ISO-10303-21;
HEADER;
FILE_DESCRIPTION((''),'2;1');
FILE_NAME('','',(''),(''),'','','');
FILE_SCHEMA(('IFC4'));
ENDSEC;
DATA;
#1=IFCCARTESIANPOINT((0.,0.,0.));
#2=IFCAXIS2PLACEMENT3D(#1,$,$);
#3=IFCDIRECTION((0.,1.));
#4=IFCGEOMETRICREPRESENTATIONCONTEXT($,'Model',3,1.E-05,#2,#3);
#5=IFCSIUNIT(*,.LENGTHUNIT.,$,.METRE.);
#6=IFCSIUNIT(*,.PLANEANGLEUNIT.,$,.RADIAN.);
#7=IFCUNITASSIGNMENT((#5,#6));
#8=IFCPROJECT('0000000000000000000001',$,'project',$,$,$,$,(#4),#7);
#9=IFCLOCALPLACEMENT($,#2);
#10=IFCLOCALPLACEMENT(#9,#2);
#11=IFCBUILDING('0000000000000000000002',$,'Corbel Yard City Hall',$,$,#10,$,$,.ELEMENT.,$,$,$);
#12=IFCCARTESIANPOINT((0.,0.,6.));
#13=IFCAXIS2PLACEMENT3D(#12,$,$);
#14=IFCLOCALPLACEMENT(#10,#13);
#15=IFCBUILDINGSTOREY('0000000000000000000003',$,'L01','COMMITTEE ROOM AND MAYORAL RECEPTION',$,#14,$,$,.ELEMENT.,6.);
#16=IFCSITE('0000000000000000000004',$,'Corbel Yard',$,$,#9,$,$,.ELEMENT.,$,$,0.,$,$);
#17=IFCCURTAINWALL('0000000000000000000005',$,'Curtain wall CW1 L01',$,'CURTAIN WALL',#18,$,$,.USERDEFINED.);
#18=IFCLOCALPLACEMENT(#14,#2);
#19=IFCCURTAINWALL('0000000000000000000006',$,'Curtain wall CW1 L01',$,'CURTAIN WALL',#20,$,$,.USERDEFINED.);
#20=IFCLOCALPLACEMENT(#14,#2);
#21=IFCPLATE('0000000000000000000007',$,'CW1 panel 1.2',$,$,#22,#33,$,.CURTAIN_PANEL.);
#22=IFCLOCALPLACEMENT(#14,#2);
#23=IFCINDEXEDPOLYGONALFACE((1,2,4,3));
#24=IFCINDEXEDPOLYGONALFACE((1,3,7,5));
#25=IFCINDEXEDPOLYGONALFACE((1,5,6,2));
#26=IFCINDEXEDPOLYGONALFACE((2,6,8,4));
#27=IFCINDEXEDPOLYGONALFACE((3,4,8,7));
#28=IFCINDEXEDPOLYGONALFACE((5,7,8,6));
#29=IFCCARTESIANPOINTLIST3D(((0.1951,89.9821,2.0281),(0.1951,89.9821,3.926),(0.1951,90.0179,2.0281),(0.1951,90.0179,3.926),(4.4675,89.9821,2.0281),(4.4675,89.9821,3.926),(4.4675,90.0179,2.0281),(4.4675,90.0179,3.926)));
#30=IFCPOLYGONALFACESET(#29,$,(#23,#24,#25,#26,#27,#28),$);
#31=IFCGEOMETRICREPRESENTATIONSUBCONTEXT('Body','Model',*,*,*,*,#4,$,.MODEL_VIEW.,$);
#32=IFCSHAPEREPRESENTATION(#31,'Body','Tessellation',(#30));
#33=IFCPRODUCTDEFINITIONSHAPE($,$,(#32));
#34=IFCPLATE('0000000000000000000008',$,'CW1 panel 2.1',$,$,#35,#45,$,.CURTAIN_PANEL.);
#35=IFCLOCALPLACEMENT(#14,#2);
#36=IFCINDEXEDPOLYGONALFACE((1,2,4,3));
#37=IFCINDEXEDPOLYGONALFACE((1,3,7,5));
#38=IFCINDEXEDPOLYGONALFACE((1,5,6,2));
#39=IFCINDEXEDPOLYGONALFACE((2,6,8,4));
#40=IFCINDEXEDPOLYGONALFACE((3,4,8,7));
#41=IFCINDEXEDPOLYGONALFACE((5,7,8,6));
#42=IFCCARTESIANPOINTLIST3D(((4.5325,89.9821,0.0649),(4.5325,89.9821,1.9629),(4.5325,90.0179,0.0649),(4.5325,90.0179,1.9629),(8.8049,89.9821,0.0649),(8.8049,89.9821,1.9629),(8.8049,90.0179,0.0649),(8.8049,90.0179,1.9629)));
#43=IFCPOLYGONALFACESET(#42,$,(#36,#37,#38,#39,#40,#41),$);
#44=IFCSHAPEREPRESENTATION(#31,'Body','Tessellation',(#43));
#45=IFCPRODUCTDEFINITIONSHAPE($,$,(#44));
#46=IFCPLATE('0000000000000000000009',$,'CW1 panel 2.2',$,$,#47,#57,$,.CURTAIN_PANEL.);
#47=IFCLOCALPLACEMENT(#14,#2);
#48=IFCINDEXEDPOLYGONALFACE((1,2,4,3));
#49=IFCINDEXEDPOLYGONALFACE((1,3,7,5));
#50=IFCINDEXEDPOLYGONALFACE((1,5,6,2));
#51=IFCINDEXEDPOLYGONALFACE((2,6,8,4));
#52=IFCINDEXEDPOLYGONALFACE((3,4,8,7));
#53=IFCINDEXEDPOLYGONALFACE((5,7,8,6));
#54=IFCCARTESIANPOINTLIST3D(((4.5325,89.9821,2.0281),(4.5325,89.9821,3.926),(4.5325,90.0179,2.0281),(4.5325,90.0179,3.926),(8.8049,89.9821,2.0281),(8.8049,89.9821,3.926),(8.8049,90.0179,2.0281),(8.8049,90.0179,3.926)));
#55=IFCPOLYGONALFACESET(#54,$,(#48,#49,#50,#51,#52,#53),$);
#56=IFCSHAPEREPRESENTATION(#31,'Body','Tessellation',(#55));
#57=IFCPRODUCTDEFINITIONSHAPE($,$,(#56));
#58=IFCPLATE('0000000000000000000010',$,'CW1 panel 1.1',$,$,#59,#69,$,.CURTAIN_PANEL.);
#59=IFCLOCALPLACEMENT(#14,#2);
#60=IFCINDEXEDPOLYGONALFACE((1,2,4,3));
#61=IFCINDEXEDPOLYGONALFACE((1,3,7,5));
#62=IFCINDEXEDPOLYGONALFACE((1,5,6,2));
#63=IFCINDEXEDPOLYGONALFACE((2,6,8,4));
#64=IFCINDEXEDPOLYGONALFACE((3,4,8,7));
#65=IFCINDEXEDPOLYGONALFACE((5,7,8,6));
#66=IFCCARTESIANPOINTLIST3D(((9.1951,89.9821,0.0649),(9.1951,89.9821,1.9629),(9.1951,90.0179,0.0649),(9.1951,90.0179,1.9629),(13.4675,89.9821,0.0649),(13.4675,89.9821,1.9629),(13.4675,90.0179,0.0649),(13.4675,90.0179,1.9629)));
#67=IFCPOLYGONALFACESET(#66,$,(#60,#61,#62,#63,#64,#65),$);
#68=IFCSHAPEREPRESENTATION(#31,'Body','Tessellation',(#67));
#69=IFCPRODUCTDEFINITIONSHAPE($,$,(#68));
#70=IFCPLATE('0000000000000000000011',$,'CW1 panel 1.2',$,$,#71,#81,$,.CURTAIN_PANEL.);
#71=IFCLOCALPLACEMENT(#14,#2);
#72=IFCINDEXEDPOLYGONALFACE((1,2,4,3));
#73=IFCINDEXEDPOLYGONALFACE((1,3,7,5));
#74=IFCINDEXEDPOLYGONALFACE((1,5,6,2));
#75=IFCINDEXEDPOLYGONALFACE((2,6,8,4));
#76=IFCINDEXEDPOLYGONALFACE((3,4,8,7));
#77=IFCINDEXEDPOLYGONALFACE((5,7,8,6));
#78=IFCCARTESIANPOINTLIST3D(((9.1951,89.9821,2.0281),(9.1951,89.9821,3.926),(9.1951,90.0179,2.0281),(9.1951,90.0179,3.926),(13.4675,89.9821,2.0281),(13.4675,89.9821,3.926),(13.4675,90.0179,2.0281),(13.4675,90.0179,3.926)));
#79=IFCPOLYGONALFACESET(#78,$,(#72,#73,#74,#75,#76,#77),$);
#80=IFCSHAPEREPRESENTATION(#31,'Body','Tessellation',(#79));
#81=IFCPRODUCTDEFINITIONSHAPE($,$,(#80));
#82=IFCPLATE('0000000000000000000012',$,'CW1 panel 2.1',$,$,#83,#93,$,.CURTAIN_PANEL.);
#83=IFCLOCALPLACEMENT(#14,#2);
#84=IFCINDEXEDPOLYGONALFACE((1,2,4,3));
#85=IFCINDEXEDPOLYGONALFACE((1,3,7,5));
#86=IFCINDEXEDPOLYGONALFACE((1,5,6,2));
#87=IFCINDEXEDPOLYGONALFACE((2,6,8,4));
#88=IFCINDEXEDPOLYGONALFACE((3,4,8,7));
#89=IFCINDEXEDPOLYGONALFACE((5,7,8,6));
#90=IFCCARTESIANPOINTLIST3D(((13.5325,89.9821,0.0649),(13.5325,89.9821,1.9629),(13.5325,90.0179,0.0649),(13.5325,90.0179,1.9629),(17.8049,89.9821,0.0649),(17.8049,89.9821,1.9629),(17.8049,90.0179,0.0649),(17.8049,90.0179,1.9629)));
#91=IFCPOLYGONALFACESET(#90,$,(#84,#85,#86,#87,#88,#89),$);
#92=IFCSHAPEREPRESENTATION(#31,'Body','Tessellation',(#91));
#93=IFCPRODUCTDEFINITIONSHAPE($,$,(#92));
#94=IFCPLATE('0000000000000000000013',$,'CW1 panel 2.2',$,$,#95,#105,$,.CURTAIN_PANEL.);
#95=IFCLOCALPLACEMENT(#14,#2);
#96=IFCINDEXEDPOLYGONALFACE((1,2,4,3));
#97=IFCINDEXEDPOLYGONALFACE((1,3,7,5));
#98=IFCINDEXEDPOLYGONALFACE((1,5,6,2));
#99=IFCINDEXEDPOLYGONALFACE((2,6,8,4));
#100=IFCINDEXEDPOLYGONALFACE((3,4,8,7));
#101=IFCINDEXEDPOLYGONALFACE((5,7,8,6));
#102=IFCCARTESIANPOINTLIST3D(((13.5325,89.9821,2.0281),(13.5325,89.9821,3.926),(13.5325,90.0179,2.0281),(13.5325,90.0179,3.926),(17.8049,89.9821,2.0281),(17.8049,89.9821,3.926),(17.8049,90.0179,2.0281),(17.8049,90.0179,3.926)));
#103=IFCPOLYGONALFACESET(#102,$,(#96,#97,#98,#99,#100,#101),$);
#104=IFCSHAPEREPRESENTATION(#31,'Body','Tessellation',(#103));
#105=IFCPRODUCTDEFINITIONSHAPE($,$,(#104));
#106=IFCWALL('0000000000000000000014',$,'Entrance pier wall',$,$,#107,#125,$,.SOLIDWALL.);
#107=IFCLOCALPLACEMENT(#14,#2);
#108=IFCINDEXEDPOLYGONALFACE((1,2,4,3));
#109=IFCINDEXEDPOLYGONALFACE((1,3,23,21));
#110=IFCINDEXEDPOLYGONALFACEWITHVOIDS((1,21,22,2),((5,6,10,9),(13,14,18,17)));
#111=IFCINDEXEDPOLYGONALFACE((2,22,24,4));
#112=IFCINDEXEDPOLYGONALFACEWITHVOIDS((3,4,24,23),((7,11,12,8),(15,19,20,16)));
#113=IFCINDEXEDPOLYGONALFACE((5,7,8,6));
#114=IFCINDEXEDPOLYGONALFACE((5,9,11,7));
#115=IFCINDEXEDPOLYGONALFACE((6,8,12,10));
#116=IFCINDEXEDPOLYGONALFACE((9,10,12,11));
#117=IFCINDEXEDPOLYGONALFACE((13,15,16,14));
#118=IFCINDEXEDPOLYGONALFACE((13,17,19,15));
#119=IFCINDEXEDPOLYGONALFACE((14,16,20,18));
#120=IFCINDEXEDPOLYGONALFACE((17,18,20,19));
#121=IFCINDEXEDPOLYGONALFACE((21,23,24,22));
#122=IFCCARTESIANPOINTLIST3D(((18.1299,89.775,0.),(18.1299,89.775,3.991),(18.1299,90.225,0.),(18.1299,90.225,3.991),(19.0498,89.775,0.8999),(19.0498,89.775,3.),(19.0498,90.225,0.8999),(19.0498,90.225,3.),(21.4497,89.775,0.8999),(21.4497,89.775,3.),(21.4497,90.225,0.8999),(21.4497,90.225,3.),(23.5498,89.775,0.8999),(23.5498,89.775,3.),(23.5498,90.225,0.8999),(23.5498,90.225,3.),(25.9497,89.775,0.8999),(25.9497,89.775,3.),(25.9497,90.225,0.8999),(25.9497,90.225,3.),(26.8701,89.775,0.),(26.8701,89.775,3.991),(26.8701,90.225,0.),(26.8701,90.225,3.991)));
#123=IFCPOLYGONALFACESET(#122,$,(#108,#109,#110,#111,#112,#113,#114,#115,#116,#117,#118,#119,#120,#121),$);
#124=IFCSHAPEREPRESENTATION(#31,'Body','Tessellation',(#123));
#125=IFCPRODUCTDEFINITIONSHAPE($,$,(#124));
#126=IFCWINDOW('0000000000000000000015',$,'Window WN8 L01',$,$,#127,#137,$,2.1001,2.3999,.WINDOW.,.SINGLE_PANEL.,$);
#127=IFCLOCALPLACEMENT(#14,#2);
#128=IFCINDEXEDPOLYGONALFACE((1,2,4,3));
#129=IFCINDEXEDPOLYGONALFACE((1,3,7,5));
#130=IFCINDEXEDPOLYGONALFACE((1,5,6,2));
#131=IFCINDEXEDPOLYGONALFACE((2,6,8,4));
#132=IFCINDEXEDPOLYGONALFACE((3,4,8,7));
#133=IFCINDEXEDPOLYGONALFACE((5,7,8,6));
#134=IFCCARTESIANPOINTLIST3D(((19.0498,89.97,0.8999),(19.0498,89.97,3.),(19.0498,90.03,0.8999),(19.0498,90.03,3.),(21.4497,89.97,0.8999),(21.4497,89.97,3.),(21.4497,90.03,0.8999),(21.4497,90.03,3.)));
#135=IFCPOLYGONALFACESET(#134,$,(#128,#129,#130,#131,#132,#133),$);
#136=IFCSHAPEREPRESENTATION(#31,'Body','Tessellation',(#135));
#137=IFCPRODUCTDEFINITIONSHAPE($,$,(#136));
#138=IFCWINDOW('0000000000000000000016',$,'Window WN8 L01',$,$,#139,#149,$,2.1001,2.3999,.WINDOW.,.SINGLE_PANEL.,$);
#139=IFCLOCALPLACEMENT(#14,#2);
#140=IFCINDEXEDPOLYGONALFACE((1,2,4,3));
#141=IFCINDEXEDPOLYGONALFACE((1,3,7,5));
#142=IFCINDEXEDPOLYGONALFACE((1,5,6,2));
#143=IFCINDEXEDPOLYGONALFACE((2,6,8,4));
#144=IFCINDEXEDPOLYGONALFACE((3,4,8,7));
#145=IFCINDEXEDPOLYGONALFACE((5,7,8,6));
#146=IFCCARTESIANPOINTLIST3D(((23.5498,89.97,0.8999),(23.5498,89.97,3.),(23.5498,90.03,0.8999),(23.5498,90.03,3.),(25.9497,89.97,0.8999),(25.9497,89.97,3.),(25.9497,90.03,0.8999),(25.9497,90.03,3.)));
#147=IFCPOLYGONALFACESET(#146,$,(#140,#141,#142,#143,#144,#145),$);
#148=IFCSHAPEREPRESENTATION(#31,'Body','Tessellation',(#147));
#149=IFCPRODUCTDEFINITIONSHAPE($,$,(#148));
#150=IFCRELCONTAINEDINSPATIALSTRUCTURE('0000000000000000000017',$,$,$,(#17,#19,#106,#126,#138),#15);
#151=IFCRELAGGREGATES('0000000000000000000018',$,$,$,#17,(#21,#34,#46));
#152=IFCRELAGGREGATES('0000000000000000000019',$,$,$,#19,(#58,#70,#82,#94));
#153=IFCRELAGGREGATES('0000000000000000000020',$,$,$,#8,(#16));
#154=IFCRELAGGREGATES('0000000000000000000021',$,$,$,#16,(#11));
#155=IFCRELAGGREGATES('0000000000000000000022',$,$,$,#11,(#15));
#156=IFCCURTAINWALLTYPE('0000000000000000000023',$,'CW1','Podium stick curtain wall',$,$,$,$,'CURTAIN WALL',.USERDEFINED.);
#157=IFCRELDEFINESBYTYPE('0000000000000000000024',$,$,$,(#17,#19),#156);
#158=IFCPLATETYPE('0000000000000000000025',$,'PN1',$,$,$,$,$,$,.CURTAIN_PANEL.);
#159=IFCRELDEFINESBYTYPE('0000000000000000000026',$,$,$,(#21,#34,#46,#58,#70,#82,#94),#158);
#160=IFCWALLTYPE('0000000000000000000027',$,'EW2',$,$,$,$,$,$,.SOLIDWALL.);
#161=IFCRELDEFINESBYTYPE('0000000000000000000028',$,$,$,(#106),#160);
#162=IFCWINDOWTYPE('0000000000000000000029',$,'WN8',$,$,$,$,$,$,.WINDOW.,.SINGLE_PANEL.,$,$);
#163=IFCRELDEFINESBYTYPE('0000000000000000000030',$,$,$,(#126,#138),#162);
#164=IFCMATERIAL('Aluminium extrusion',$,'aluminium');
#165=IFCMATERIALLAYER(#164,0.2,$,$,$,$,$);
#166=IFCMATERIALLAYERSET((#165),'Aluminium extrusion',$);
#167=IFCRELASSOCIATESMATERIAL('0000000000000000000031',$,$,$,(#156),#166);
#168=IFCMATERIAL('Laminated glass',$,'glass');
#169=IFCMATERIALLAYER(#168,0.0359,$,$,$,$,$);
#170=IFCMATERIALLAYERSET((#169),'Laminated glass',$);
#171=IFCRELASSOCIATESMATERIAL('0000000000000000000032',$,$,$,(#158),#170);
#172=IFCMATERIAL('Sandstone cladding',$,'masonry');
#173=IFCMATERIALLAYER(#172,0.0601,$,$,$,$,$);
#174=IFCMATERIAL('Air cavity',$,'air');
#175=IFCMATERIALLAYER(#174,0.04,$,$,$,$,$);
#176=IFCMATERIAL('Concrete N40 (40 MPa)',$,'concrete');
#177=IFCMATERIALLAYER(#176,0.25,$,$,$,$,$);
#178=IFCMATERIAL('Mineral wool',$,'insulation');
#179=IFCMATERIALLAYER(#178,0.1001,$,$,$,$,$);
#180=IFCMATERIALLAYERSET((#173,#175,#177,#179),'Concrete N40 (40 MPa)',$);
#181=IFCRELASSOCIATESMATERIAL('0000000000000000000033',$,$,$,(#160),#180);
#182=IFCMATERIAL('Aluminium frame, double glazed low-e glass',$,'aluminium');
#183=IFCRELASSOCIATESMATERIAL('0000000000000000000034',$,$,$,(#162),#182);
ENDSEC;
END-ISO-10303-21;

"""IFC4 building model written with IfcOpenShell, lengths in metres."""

from ifc_helpers import new_model, si_unit, direction, frame, frame_2d, origin, origin_2d, place, context, subcontext, project, spatial, rectangle, extrude, material, layer, layer_set, type_object, element, fill, aggregate, save


model = new_model("IFC4")

# Units and contexts
model_context = context("Model", 3, precision=1e-05, world=origin(), true_north=direction((0.0, 1.0)))
body_context = subcontext(model_context, "Body", "Model", "MODEL_VIEW")
ifc_project = project(units=[si_unit("LENGTHUNIT", "METRE"), si_unit("PLANEANGLEUNIT", "RADIAN")], contexts=[model_context])

# Site, building, storey
site_placement = place(None, origin())
site = spatial("IfcSite", under=ifc_project, at=site_placement, Name="Corbel Yard", CompositionType="ELEMENT", RefElevation=0.0)
building_placement = place(site_placement, origin())
building = spatial("IfcBuilding", under=site, at=building_placement, Name="Corbel Yard City Hall", CompositionType="ELEMENT")
storey_placement = place(building_placement, frame((0.0, 0.0, 6.0)))
storey = spatial("IfcBuildingStorey", under=building, at=storey_placement, Name="L01", Description="COMMITTEE ROOM AND MAYORAL RECEPTION", CompositionType="ELEMENT", Elevation=6.0)

# Curtain walls
ifc_material_1 = material(Name="Aluminium extrusion", Category="aluminium")
ifc_layer_1 = layer(ifc_material_1, 0.2)
ifc_layer_set_1 = layer_set([ifc_layer_1], Name="Aluminium extrusion")
curtain_wall_type = type_object("IfcCurtainWallType", Name="CW1", Description="Podium stick curtain wall", ElementType="CURTAIN WALL", PredefinedType="USERDEFINED", material=ifc_layer_set_1)
curtain_wall_1_placement = place(storey_placement, origin())
curtain_wall_1 = element("IfcCurtainWall", 1, at=curtain_wall_1_placement, inside=storey, type_object=curtain_wall_type, Name="Curtain wall CW1 L01", ObjectType="CURTAIN WALL", PredefinedType="USERDEFINED")
curtain_wall_2_placement = place(storey_placement, origin())
curtain_wall_2 = element("IfcCurtainWall", 2, at=curtain_wall_2_placement, inside=storey, type_object=curtain_wall_type, Name="Curtain wall CW1 L01", ObjectType="CURTAIN WALL", PredefinedType="USERDEFINED")

# Plates
ifc_material_2 = material(Name="Laminated glass", Category="glass")
ifc_layer_2 = layer(ifc_material_2, 0.0359)
ifc_layer_set_2 = layer_set([ifc_layer_2], Name="Laminated glass")
plate_type = type_object("IfcPlateType", Name="PN1", PredefinedType="CURTAIN_PANEL", material=ifc_layer_set_2)
plate_1_placement = place(storey_placement, frame((2.3313, 90.0, 2.0281), z_axis=(0.0, 0.0, 1.0), x_axis=(1.0, 0.0, 0.0)))
plate_1 = element("IfcPlate", 3, at=plate_1_placement, type_object=plate_type, Name="CW1 panel 1.2", PredefinedType="CURTAIN_PANEL", context=body_context, shape_type="SweptSolid", body=[
    extrude(rectangle(XDim=4.2725, YDim=0.0359, at=origin_2d()), origin(), (0.0, 0.0, 1.0), 1.8979),
])
plate_2_placement = place(storey_placement, frame((6.6687, 90.0, 0.0649), z_axis=(0.0, 0.0, 1.0), x_axis=(1.0, 0.0, 0.0)))
plate_2 = element("IfcPlate", 4, at=plate_2_placement, type_object=plate_type, Name="CW1 panel 2.1", PredefinedType="CURTAIN_PANEL", context=body_context, shape_type="SweptSolid", body=[
    extrude(rectangle(XDim=4.2725, YDim=0.0359, at=origin_2d()), origin(), (0.0, 0.0, 1.0), 1.8979),
])
plate_3_placement = place(storey_placement, frame((6.6687, 90.0, 2.0281), z_axis=(0.0, 0.0, 1.0), x_axis=(1.0, 0.0, 0.0)))
plate_3 = element("IfcPlate", 5, at=plate_3_placement, type_object=plate_type, Name="CW1 panel 2.2", PredefinedType="CURTAIN_PANEL", context=body_context, shape_type="SweptSolid", body=[
    extrude(rectangle(XDim=4.2725, YDim=0.0359, at=origin_2d()), origin(), (0.0, 0.0, 1.0), 1.8979),
])
aggregate(curtain_wall_1, [plate_1, plate_2, plate_3])
plate_4_placement = place(storey_placement, frame((11.3313, 90.0, 0.0649), z_axis=(0.0, 0.0, 1.0), x_axis=(1.0, 0.0, 0.0)))
plate_4 = element("IfcPlate", 6, at=plate_4_placement, type_object=plate_type, Name="CW1 panel 1.1", PredefinedType="CURTAIN_PANEL", context=body_context, shape_type="SweptSolid", body=[
    extrude(rectangle(XDim=4.2725, YDim=0.0359, at=origin_2d()), origin(), (0.0, 0.0, 1.0), 1.8979),
])
plate_5_placement = place(storey_placement, frame((11.3313, 90.0, 2.0281), z_axis=(0.0, 0.0, 1.0), x_axis=(1.0, 0.0, 0.0)))
plate_5 = element("IfcPlate", 7, at=plate_5_placement, type_object=plate_type, Name="CW1 panel 1.2", PredefinedType="CURTAIN_PANEL", context=body_context, shape_type="SweptSolid", body=[
    extrude(rectangle(XDim=4.2725, YDim=0.0359, at=origin_2d()), origin(), (0.0, 0.0, 1.0), 1.8979),
])
plate_6_placement = place(storey_placement, frame((15.6687, 90.0, 0.0649), z_axis=(0.0, 0.0, 1.0), x_axis=(1.0, 0.0, 0.0)))
plate_6 = element("IfcPlate", 8, at=plate_6_placement, type_object=plate_type, Name="CW1 panel 2.1", PredefinedType="CURTAIN_PANEL", context=body_context, shape_type="SweptSolid", body=[
    extrude(rectangle(XDim=4.2725, YDim=0.0359, at=origin_2d()), origin(), (0.0, 0.0, 1.0), 1.8979),
])
plate_7_placement = place(storey_placement, frame((15.6687, 90.0, 2.0281), z_axis=(0.0, 0.0, 1.0), x_axis=(1.0, 0.0, 0.0)))
plate_7 = element("IfcPlate", 9, at=plate_7_placement, type_object=plate_type, Name="CW1 panel 2.2", PredefinedType="CURTAIN_PANEL", context=body_context, shape_type="SweptSolid", body=[
    extrude(rectangle(XDim=4.2725, YDim=0.0359, at=origin_2d()), origin(), (0.0, 0.0, 1.0), 1.8979),
])
aggregate(curtain_wall_2, [plate_4, plate_5, plate_6, plate_7])

# Wall, openings, windows
ifc_material_3 = material(Name="Sandstone cladding", Category="masonry")
ifc_layer_3 = layer(ifc_material_3, 0.0601)
ifc_material_4 = material(Name="Air cavity", Category="air")
ifc_layer_4 = layer(ifc_material_4, 0.04)
ifc_material_5 = material(Name="Concrete N40 (40 MPa)", Category="concrete")
ifc_layer_5 = layer(ifc_material_5, 0.25)
ifc_material_6 = material(Name="Mineral wool", Category="insulation")
ifc_layer_6 = layer(ifc_material_6, 0.1001)
ifc_layer_set_3 = layer_set([ifc_layer_3, ifc_layer_4, ifc_layer_5, ifc_layer_6], Name="Concrete N40 (40 MPa)")
wall_type = type_object("IfcWallType", Name="EW2", PredefinedType="SOLIDWALL", material=ifc_layer_set_3)
wall_placement = place(storey_placement, frame((18.1299, 90.0, 0.0), z_axis=(0.0, 0.0, 1.0), x_axis=(1.0, 0.0, 0.0)))
wall = element("IfcWall", 10, at=wall_placement, inside=storey, type_object=wall_type, Name="Entrance pier wall", PredefinedType="SOLIDWALL", context=body_context, shape_type="SweptSolid", body=[
    extrude(rectangle(XDim=8.7402, YDim=0.45, at=frame_2d((4.3701, 0.0))), origin(), (0.0, 0.0, 1.0), 3.991),
])
opening_1_placement = place(wall_placement, frame((0.9199, 0.0, 0.8999)))
opening_1 = element("IfcOpeningElement", 11, at=opening_1_placement, cuts=wall, PredefinedType="OPENING", context=body_context, shape_type="SweptSolid", body=[
    extrude(rectangle(XDim=2.3999, YDim=2.1001, at=frame_2d((1.2, 1.05))), frame((0.0, 0.2349, 0.0), z_axis=(0.0, -1.0, 0.0), x_axis=(1.0, 0.0, 0.0)), (0.0, 0.0, 1.0), 0.47),
])
opening_2_placement = place(wall_placement, frame((5.4199, 0.0, 0.8999)))
opening_2 = element("IfcOpeningElement", 12, at=opening_2_placement, cuts=wall, PredefinedType="OPENING", context=body_context, shape_type="SweptSolid", body=[
    extrude(rectangle(XDim=2.3999, YDim=2.1001, at=frame_2d((1.2, 1.05))), frame((0.0, 0.2349, 0.0), z_axis=(0.0, -1.0, 0.0), x_axis=(1.0, 0.0, 0.0)), (0.0, 0.0, 1.0), 0.47),
])
ifc_material_7 = material(Name="Aluminium frame, double glazed low-e glass", Category="aluminium")
window_type = type_object("IfcWindowType", Name="WN8", PartitioningType="SINGLE_PANEL", PredefinedType="WINDOW", material=ifc_material_7)
window_1_placement = place(opening_1_placement, origin())
window_1 = element("IfcWindow", 13, at=window_1_placement, inside=storey, type_object=window_type, Name="Window WN8 L01", OverallHeight=2.1001, OverallWidth=2.3999, PartitioningType="SINGLE_PANEL", PredefinedType="WINDOW", context=body_context, shape_type="SweptSolid", body=[
    extrude(rectangle(XDim=2.3999, YDim=2.1001, at=frame_2d((1.2, 1.05))), frame((0.0, 0.03, 0.0), z_axis=(0.0, -1.0, 0.0), x_axis=(1.0, 0.0, 0.0)), (0.0, 0.0, 1.0), 0.0601),
])
fill(opening_1, window_1)
window_2_placement = place(opening_2_placement, origin())
window_2 = element("IfcWindow", 14, at=window_2_placement, inside=storey, type_object=window_type, Name="Window WN8 L01", OverallHeight=2.1001, OverallWidth=2.3999, PartitioningType="SINGLE_PANEL", PredefinedType="WINDOW", context=body_context, shape_type="SweptSolid", body=[
    extrude(rectangle(XDim=2.3999, YDim=2.1001, at=frame_2d((1.2, 1.05))), frame((0.0, 0.03, 0.0), z_axis=(0.0, -1.0, 0.0), x_axis=(1.0, 0.0, 0.0)), (0.0, 0.0, 1.0), 0.0601),
])
fill(opening_2, window_2)

save(model, "model.ifc")
